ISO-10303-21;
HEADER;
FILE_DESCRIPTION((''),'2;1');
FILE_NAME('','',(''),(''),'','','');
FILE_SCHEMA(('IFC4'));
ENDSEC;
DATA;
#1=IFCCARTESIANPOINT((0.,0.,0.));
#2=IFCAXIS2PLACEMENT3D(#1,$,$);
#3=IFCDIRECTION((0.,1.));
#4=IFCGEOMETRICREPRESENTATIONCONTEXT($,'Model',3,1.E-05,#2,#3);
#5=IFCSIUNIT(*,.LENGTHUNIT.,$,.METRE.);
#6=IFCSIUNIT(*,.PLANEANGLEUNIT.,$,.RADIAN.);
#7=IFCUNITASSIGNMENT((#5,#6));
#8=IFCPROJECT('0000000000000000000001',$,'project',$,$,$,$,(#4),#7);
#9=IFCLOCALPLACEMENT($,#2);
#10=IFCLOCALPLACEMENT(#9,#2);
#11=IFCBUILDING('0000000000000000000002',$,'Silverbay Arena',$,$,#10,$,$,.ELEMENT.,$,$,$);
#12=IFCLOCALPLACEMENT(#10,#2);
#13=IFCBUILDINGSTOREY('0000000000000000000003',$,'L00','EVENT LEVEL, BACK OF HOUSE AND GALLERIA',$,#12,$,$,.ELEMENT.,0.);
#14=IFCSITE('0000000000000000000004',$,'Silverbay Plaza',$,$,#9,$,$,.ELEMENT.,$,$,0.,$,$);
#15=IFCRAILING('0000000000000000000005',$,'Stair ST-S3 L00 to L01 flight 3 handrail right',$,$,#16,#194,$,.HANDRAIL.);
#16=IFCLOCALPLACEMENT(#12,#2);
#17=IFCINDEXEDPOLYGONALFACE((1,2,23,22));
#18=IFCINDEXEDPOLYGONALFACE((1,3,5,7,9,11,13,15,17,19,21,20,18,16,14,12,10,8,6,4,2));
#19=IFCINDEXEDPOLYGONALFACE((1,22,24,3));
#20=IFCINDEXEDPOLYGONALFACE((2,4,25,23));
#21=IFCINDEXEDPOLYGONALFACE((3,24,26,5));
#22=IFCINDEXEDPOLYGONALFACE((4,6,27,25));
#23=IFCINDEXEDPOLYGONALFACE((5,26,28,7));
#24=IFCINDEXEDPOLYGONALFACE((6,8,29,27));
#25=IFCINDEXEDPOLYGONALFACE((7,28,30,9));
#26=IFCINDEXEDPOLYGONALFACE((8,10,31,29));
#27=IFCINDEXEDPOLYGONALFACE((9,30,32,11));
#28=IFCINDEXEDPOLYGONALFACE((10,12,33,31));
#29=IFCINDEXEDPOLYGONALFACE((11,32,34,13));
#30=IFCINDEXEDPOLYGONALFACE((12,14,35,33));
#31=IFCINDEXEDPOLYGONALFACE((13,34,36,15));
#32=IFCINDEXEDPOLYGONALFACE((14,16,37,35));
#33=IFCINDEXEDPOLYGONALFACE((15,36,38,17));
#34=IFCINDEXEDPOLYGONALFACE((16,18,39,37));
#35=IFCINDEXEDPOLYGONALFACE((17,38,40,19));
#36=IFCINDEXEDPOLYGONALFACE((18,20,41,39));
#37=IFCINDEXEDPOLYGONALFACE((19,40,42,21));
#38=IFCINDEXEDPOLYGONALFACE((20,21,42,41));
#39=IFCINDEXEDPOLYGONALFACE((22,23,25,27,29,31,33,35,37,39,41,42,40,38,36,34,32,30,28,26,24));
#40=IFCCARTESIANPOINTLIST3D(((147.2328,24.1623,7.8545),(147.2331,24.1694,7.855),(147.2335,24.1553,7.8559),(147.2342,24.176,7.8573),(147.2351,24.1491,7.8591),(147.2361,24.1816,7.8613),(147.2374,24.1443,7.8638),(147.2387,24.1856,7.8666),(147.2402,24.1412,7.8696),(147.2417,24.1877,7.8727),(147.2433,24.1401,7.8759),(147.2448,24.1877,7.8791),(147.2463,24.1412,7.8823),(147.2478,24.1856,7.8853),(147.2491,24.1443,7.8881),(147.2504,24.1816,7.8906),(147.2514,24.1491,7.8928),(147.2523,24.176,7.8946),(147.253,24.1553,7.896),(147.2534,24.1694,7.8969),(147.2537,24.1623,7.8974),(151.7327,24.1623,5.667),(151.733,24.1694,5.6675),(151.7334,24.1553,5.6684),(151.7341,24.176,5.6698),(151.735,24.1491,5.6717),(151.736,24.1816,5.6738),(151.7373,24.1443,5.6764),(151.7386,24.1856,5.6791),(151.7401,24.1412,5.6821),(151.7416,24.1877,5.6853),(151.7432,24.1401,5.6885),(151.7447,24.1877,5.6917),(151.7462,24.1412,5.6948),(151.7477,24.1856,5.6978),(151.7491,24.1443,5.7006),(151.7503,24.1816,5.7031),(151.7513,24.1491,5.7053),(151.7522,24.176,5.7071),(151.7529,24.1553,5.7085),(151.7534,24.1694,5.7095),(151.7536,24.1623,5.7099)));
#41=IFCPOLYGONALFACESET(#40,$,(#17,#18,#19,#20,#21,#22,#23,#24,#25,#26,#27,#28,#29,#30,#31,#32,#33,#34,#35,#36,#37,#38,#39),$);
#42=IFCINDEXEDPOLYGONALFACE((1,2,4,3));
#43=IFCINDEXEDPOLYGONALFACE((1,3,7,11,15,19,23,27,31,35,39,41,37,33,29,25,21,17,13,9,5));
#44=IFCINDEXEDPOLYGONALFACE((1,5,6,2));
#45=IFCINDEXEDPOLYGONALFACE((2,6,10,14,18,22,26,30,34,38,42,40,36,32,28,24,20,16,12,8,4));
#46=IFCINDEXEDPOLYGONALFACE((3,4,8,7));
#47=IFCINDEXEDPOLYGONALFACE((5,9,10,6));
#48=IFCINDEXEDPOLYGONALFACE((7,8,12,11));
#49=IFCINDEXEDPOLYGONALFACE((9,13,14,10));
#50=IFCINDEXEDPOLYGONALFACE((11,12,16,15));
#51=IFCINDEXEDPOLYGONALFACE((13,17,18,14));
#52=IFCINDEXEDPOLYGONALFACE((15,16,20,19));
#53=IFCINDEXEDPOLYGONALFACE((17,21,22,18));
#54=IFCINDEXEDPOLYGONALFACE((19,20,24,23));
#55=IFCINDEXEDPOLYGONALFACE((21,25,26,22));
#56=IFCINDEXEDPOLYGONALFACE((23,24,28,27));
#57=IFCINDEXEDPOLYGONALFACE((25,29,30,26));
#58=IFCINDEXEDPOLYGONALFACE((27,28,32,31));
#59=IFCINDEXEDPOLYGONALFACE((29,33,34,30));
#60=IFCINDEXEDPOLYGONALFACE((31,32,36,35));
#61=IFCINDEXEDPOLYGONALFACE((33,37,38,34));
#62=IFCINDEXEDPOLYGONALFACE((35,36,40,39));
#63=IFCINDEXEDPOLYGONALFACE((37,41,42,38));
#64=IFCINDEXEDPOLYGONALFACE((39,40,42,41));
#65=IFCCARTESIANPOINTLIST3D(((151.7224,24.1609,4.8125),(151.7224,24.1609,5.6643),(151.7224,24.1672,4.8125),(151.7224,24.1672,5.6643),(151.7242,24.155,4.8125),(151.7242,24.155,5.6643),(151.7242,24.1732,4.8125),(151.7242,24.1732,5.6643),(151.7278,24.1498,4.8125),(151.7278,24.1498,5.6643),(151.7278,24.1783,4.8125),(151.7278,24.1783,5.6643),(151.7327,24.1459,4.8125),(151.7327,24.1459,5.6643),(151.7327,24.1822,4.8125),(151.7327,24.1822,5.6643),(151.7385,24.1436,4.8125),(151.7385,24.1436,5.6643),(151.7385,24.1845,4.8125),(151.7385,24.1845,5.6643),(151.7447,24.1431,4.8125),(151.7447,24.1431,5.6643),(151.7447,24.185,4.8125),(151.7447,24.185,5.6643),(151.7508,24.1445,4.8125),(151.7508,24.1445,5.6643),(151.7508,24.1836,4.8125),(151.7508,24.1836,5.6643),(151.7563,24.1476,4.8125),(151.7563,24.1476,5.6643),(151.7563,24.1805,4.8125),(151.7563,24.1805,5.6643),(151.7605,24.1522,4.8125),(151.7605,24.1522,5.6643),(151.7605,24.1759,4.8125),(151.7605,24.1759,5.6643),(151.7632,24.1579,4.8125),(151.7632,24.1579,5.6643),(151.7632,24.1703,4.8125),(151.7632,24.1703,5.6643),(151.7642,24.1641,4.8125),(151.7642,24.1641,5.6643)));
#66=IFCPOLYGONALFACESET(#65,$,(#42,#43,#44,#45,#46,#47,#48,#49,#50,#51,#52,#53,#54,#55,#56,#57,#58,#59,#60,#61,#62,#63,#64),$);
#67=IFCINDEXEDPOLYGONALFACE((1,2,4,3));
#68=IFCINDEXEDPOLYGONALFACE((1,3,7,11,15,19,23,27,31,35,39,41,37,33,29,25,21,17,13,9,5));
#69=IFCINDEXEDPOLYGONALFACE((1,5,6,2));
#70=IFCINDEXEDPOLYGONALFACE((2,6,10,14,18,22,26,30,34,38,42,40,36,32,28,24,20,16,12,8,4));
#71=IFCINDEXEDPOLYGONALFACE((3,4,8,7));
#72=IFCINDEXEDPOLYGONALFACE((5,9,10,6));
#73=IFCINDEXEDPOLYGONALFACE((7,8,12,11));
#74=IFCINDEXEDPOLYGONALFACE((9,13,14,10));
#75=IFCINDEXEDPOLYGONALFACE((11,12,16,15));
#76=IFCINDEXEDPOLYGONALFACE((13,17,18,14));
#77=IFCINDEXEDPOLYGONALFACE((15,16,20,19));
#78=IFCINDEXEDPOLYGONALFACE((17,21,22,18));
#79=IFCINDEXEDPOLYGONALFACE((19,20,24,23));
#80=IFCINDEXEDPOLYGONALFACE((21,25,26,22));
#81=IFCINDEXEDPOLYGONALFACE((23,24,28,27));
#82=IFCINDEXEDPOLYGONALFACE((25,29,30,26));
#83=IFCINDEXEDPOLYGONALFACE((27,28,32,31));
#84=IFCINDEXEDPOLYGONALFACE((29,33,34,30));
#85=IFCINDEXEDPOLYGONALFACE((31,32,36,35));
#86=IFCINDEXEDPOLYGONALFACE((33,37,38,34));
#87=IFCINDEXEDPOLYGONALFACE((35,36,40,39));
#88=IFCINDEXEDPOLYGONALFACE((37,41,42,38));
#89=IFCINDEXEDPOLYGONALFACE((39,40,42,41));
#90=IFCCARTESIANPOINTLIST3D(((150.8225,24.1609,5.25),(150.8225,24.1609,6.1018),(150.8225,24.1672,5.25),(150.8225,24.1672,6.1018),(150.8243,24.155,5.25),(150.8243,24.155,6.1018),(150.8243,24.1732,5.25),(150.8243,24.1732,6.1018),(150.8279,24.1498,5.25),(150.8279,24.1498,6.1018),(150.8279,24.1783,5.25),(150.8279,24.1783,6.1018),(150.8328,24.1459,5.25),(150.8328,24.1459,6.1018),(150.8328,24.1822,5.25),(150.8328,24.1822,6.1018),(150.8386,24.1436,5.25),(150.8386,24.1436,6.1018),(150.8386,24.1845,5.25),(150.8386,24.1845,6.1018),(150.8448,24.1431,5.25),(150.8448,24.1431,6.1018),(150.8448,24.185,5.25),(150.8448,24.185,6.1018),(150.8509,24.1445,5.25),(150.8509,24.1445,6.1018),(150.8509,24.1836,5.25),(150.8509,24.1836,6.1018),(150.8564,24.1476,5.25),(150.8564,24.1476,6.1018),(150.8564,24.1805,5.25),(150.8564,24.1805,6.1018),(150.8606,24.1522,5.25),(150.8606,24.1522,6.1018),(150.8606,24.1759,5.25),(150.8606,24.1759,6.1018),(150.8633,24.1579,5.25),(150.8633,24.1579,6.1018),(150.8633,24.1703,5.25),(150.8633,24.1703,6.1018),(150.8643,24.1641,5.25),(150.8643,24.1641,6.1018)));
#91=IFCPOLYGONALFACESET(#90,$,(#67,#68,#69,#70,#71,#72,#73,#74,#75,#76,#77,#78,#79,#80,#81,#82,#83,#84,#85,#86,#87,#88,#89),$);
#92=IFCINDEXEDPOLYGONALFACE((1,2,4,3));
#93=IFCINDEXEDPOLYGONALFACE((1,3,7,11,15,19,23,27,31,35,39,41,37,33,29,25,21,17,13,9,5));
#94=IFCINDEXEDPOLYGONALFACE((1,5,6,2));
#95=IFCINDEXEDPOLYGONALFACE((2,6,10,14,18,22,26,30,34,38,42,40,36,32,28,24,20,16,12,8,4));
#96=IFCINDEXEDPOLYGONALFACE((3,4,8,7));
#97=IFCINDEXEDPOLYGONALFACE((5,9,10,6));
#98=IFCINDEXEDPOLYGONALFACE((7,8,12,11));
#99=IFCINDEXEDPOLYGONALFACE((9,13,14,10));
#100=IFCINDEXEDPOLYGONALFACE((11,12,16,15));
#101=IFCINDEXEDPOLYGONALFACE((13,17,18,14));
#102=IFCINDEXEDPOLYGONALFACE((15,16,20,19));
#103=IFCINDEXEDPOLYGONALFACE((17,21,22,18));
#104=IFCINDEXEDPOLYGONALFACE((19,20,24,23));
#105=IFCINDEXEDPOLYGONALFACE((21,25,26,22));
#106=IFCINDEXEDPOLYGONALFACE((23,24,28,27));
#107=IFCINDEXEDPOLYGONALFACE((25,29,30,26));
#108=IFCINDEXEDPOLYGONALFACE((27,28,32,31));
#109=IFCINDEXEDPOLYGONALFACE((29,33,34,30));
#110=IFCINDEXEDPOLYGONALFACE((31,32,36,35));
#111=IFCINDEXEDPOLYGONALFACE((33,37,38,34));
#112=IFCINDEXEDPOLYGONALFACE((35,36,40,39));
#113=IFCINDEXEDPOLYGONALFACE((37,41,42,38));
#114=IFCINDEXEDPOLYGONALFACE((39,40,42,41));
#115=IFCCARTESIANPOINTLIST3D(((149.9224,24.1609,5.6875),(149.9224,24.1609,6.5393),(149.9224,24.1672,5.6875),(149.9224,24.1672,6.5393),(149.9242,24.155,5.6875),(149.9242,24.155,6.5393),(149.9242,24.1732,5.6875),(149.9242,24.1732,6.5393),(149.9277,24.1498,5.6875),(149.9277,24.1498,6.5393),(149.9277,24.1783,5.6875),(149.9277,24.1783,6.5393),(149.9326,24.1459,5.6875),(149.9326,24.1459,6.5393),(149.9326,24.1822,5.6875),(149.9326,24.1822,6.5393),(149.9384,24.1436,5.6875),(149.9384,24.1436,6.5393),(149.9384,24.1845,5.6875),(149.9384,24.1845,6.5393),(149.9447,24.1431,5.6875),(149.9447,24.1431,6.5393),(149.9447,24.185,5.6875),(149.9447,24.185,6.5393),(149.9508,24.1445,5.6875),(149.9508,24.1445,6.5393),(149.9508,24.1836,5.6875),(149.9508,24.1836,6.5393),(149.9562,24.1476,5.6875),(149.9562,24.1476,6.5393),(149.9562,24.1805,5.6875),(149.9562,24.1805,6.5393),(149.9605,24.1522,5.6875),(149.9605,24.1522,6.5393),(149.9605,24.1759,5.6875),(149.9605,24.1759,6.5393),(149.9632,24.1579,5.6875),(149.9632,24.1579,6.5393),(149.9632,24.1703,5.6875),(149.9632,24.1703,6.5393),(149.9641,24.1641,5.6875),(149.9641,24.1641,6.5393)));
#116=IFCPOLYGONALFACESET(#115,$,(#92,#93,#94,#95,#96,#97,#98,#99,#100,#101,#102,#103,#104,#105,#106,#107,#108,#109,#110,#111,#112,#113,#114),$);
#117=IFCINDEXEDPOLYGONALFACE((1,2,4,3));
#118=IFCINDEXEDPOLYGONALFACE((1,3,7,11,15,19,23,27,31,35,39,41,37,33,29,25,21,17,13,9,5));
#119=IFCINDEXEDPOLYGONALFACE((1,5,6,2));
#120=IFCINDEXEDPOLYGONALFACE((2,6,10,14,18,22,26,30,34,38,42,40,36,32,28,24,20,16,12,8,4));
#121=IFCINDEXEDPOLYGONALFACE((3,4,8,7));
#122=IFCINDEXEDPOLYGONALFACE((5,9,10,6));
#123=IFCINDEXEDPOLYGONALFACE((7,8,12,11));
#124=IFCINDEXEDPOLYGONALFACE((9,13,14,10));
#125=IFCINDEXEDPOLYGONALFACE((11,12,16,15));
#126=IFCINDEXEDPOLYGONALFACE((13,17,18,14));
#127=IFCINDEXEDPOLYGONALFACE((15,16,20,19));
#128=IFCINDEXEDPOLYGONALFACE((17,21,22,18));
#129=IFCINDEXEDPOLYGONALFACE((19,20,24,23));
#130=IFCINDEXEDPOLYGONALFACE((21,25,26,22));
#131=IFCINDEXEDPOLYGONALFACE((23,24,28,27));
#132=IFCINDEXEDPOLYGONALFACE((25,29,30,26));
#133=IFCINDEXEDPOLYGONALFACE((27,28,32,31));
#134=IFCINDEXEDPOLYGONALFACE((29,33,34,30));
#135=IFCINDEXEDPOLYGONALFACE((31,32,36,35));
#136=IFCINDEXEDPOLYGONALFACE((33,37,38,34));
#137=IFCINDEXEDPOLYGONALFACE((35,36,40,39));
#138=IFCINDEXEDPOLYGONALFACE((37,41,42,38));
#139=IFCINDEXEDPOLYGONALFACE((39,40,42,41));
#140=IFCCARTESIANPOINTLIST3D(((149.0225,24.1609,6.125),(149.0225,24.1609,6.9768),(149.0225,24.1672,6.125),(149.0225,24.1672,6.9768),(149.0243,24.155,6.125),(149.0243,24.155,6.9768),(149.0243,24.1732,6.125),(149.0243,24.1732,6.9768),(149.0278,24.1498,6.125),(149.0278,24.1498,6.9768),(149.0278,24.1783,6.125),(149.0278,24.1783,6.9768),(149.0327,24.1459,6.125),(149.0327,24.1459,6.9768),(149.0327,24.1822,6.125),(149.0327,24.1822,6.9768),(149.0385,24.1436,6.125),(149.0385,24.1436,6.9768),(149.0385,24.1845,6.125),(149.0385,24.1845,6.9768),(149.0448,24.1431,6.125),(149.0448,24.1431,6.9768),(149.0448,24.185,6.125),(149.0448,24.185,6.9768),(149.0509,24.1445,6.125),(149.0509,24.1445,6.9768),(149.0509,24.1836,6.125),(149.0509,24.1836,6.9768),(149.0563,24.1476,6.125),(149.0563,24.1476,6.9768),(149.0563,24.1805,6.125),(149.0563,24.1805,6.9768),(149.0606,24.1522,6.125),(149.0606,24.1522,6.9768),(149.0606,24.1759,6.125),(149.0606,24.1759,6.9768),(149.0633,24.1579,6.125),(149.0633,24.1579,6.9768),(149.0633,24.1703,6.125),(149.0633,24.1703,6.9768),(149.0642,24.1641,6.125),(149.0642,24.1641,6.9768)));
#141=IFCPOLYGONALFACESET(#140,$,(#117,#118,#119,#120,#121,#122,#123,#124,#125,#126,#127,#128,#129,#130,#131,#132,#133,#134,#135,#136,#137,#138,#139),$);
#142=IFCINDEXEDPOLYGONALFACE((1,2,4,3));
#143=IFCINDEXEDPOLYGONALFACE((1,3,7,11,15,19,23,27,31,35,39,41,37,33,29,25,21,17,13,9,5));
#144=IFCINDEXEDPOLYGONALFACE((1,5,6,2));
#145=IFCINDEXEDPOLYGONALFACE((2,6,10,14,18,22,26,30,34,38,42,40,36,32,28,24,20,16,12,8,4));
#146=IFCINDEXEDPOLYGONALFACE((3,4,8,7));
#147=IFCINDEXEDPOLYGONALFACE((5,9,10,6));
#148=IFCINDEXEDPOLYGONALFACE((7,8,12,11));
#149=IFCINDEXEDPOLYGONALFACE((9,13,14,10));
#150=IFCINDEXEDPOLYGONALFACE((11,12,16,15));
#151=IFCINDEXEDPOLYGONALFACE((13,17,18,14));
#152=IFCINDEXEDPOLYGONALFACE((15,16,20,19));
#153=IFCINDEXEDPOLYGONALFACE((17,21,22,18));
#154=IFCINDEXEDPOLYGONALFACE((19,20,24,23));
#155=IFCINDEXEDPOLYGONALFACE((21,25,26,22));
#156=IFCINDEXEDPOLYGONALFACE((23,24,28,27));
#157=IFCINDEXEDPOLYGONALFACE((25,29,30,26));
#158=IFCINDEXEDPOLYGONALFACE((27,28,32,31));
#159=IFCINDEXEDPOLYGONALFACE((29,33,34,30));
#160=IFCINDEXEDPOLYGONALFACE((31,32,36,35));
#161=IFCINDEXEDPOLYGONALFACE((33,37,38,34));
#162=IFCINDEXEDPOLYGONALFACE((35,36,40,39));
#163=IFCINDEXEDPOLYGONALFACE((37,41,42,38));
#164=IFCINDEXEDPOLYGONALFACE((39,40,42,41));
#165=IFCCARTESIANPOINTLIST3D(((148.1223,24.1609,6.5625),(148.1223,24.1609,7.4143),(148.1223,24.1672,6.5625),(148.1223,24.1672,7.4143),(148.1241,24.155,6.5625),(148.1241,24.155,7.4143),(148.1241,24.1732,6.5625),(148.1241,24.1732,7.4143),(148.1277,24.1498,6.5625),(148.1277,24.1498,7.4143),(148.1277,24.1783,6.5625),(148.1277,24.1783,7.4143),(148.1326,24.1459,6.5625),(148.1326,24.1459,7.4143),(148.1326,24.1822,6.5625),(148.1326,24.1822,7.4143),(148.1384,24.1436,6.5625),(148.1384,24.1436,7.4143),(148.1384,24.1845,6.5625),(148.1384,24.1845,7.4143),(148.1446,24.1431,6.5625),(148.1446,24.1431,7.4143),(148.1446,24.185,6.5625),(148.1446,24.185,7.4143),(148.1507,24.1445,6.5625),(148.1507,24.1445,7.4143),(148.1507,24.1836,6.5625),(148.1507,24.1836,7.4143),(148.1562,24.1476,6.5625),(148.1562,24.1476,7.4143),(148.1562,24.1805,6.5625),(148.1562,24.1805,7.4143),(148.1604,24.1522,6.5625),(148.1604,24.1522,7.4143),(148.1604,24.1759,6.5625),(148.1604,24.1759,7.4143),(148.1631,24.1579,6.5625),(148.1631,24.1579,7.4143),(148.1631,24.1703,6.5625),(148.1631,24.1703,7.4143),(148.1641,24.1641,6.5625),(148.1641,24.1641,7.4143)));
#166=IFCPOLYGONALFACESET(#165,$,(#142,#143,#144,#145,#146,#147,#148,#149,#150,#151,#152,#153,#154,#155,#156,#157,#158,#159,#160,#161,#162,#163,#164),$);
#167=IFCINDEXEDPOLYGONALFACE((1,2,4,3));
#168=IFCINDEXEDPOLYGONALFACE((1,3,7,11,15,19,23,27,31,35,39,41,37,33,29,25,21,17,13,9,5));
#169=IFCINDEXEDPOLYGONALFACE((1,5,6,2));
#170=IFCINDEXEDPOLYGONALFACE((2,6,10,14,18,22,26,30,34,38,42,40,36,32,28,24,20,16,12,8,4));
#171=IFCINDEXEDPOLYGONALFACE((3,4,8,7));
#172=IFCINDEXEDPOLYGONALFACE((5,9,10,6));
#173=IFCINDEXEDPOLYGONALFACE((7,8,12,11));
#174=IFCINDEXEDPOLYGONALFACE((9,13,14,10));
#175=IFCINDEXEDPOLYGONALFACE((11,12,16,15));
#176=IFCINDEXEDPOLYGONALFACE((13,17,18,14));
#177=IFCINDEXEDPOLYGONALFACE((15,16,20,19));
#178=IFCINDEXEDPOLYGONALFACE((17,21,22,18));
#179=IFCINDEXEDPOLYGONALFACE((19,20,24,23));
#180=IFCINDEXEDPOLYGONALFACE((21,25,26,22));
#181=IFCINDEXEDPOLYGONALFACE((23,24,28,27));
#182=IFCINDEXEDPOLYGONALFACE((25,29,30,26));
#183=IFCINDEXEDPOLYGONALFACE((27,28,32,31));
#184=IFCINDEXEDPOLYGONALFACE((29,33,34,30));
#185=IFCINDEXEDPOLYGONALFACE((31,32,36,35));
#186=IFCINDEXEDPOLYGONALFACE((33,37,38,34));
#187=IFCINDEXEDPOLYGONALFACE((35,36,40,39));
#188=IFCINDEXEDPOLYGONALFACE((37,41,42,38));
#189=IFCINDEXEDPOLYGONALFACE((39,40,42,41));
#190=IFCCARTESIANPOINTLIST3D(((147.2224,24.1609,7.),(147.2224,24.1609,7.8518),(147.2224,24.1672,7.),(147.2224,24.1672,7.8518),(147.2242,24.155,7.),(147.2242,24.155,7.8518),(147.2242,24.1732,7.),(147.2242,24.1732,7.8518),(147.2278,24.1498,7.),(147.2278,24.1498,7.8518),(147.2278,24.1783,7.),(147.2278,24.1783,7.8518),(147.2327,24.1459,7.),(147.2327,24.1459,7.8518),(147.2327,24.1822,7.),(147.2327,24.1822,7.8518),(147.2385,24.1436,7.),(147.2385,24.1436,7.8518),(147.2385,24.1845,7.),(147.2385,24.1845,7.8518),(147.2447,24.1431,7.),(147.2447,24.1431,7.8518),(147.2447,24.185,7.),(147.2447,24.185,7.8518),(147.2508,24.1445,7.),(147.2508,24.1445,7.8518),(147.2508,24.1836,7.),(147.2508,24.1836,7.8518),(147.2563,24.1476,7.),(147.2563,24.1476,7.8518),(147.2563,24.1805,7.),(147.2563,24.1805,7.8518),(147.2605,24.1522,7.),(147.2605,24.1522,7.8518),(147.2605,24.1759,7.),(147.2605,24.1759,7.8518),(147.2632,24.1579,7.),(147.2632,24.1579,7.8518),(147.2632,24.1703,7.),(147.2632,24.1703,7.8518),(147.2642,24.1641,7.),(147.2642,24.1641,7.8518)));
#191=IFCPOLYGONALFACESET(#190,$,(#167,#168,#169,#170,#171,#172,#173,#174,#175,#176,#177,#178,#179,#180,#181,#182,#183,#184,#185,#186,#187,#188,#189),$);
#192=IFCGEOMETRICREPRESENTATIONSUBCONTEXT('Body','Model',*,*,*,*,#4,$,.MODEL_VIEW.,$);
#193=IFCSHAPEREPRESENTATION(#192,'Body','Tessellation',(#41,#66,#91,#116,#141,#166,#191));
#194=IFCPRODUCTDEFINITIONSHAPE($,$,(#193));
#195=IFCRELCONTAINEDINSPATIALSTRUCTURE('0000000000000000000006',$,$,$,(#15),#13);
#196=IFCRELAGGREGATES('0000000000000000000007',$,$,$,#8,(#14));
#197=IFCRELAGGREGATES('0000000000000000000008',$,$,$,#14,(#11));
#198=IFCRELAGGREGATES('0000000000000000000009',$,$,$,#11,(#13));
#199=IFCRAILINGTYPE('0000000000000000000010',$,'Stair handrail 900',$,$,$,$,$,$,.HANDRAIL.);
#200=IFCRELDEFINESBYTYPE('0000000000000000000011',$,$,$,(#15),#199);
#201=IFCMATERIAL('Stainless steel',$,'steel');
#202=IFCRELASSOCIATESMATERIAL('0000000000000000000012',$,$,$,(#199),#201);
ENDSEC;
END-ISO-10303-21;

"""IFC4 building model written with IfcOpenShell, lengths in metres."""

from ifc_helpers import new_model, si_unit, direction, frame, origin, origin_2d, place, context, subcontext, project, spatial, circle, extrude, material, type_object, element, save


model = new_model("IFC4")

# Units and contexts
model_context = context("Model", 3, precision=1e-05, world=origin(), true_north=direction((0.0, 1.0)))
body_context = subcontext(model_context, "Body", "Model", "MODEL_VIEW")
ifc_project = project(units=[si_unit("LENGTHUNIT", "METRE"), si_unit("PLANEANGLEUNIT", "RADIAN")], contexts=[model_context])

# Site, building, storey
site_placement = place(None, origin())
site = spatial("IfcSite", under=ifc_project, at=site_placement, Name="Silverbay Plaza", CompositionType="ELEMENT", RefElevation=0.0)
building_placement = place(site_placement, origin())
building = spatial("IfcBuilding", under=site, at=building_placement, Name="Silverbay Arena", CompositionType="ELEMENT")
storey_placement = place(building_placement, origin())
storey = spatial("IfcBuildingStorey", under=building, at=storey_placement, Name="L00", Description="EVENT LEVEL, BACK OF HOUSE AND GALLERIA", CompositionType="ELEMENT", Elevation=0.0)

# Railing
ifc_material_1 = material(Name="Stainless steel", Category="steel")
railing_type_1 = type_object("IfcRailingType", Name="Stair handrail 900", PredefinedType="HANDRAIL", material=ifc_material_1)
for number, where, name in (
    (1, (151.7432, 24.1641, 4.8125), "Stair ST-S3 L00 to L01 flight 3 handrail right"),
):
    element("IfcRailing", number, at=place(storey_placement, frame(where)), inside=storey, type_object=railing_type_1, Name=name, PredefinedType="HANDRAIL", context=body_context, shape_type="SweptSolid", body=[
        extrude(circle(Radius=0.0239, at=origin_2d()), frame((0.0, 0.0, 0.876), z_axis=(-0.899368, 0.0, 0.437193), x_axis=(0.0, -1.0, 0.0)), (0.0, 0.0, 1.0), 5.0034),
        extrude(circle(Radius=0.021, at=origin_2d()), origin(), (0.0, 0.0, 1.0), 0.8518),
        extrude(circle(Radius=0.021, at=origin_2d()), frame((-0.8999, 0.0, 0.4375)), (0.0, 0.0, 1.0), 0.8518),
        extrude(circle(Radius=0.021, at=origin_2d()), frame((-1.8, 0.0, 0.875)), (0.0, 0.0, 1.0), 0.8518),
        extrude(circle(Radius=0.021, at=origin_2d()), frame((-2.7, 0.0, 1.3125)), (0.0, 0.0, 1.0), 0.8518),
        extrude(circle(Radius=0.021, at=origin_2d()), frame((-3.6001, 0.0, 1.75)), (0.0, 0.0, 1.0), 0.8518),
        extrude(circle(Radius=0.021, at=origin_2d()), frame((-4.5, 0.0, 2.1875)), (0.0, 0.0, 1.0), 0.8518),
    ])

save(model, "model.ifc")
